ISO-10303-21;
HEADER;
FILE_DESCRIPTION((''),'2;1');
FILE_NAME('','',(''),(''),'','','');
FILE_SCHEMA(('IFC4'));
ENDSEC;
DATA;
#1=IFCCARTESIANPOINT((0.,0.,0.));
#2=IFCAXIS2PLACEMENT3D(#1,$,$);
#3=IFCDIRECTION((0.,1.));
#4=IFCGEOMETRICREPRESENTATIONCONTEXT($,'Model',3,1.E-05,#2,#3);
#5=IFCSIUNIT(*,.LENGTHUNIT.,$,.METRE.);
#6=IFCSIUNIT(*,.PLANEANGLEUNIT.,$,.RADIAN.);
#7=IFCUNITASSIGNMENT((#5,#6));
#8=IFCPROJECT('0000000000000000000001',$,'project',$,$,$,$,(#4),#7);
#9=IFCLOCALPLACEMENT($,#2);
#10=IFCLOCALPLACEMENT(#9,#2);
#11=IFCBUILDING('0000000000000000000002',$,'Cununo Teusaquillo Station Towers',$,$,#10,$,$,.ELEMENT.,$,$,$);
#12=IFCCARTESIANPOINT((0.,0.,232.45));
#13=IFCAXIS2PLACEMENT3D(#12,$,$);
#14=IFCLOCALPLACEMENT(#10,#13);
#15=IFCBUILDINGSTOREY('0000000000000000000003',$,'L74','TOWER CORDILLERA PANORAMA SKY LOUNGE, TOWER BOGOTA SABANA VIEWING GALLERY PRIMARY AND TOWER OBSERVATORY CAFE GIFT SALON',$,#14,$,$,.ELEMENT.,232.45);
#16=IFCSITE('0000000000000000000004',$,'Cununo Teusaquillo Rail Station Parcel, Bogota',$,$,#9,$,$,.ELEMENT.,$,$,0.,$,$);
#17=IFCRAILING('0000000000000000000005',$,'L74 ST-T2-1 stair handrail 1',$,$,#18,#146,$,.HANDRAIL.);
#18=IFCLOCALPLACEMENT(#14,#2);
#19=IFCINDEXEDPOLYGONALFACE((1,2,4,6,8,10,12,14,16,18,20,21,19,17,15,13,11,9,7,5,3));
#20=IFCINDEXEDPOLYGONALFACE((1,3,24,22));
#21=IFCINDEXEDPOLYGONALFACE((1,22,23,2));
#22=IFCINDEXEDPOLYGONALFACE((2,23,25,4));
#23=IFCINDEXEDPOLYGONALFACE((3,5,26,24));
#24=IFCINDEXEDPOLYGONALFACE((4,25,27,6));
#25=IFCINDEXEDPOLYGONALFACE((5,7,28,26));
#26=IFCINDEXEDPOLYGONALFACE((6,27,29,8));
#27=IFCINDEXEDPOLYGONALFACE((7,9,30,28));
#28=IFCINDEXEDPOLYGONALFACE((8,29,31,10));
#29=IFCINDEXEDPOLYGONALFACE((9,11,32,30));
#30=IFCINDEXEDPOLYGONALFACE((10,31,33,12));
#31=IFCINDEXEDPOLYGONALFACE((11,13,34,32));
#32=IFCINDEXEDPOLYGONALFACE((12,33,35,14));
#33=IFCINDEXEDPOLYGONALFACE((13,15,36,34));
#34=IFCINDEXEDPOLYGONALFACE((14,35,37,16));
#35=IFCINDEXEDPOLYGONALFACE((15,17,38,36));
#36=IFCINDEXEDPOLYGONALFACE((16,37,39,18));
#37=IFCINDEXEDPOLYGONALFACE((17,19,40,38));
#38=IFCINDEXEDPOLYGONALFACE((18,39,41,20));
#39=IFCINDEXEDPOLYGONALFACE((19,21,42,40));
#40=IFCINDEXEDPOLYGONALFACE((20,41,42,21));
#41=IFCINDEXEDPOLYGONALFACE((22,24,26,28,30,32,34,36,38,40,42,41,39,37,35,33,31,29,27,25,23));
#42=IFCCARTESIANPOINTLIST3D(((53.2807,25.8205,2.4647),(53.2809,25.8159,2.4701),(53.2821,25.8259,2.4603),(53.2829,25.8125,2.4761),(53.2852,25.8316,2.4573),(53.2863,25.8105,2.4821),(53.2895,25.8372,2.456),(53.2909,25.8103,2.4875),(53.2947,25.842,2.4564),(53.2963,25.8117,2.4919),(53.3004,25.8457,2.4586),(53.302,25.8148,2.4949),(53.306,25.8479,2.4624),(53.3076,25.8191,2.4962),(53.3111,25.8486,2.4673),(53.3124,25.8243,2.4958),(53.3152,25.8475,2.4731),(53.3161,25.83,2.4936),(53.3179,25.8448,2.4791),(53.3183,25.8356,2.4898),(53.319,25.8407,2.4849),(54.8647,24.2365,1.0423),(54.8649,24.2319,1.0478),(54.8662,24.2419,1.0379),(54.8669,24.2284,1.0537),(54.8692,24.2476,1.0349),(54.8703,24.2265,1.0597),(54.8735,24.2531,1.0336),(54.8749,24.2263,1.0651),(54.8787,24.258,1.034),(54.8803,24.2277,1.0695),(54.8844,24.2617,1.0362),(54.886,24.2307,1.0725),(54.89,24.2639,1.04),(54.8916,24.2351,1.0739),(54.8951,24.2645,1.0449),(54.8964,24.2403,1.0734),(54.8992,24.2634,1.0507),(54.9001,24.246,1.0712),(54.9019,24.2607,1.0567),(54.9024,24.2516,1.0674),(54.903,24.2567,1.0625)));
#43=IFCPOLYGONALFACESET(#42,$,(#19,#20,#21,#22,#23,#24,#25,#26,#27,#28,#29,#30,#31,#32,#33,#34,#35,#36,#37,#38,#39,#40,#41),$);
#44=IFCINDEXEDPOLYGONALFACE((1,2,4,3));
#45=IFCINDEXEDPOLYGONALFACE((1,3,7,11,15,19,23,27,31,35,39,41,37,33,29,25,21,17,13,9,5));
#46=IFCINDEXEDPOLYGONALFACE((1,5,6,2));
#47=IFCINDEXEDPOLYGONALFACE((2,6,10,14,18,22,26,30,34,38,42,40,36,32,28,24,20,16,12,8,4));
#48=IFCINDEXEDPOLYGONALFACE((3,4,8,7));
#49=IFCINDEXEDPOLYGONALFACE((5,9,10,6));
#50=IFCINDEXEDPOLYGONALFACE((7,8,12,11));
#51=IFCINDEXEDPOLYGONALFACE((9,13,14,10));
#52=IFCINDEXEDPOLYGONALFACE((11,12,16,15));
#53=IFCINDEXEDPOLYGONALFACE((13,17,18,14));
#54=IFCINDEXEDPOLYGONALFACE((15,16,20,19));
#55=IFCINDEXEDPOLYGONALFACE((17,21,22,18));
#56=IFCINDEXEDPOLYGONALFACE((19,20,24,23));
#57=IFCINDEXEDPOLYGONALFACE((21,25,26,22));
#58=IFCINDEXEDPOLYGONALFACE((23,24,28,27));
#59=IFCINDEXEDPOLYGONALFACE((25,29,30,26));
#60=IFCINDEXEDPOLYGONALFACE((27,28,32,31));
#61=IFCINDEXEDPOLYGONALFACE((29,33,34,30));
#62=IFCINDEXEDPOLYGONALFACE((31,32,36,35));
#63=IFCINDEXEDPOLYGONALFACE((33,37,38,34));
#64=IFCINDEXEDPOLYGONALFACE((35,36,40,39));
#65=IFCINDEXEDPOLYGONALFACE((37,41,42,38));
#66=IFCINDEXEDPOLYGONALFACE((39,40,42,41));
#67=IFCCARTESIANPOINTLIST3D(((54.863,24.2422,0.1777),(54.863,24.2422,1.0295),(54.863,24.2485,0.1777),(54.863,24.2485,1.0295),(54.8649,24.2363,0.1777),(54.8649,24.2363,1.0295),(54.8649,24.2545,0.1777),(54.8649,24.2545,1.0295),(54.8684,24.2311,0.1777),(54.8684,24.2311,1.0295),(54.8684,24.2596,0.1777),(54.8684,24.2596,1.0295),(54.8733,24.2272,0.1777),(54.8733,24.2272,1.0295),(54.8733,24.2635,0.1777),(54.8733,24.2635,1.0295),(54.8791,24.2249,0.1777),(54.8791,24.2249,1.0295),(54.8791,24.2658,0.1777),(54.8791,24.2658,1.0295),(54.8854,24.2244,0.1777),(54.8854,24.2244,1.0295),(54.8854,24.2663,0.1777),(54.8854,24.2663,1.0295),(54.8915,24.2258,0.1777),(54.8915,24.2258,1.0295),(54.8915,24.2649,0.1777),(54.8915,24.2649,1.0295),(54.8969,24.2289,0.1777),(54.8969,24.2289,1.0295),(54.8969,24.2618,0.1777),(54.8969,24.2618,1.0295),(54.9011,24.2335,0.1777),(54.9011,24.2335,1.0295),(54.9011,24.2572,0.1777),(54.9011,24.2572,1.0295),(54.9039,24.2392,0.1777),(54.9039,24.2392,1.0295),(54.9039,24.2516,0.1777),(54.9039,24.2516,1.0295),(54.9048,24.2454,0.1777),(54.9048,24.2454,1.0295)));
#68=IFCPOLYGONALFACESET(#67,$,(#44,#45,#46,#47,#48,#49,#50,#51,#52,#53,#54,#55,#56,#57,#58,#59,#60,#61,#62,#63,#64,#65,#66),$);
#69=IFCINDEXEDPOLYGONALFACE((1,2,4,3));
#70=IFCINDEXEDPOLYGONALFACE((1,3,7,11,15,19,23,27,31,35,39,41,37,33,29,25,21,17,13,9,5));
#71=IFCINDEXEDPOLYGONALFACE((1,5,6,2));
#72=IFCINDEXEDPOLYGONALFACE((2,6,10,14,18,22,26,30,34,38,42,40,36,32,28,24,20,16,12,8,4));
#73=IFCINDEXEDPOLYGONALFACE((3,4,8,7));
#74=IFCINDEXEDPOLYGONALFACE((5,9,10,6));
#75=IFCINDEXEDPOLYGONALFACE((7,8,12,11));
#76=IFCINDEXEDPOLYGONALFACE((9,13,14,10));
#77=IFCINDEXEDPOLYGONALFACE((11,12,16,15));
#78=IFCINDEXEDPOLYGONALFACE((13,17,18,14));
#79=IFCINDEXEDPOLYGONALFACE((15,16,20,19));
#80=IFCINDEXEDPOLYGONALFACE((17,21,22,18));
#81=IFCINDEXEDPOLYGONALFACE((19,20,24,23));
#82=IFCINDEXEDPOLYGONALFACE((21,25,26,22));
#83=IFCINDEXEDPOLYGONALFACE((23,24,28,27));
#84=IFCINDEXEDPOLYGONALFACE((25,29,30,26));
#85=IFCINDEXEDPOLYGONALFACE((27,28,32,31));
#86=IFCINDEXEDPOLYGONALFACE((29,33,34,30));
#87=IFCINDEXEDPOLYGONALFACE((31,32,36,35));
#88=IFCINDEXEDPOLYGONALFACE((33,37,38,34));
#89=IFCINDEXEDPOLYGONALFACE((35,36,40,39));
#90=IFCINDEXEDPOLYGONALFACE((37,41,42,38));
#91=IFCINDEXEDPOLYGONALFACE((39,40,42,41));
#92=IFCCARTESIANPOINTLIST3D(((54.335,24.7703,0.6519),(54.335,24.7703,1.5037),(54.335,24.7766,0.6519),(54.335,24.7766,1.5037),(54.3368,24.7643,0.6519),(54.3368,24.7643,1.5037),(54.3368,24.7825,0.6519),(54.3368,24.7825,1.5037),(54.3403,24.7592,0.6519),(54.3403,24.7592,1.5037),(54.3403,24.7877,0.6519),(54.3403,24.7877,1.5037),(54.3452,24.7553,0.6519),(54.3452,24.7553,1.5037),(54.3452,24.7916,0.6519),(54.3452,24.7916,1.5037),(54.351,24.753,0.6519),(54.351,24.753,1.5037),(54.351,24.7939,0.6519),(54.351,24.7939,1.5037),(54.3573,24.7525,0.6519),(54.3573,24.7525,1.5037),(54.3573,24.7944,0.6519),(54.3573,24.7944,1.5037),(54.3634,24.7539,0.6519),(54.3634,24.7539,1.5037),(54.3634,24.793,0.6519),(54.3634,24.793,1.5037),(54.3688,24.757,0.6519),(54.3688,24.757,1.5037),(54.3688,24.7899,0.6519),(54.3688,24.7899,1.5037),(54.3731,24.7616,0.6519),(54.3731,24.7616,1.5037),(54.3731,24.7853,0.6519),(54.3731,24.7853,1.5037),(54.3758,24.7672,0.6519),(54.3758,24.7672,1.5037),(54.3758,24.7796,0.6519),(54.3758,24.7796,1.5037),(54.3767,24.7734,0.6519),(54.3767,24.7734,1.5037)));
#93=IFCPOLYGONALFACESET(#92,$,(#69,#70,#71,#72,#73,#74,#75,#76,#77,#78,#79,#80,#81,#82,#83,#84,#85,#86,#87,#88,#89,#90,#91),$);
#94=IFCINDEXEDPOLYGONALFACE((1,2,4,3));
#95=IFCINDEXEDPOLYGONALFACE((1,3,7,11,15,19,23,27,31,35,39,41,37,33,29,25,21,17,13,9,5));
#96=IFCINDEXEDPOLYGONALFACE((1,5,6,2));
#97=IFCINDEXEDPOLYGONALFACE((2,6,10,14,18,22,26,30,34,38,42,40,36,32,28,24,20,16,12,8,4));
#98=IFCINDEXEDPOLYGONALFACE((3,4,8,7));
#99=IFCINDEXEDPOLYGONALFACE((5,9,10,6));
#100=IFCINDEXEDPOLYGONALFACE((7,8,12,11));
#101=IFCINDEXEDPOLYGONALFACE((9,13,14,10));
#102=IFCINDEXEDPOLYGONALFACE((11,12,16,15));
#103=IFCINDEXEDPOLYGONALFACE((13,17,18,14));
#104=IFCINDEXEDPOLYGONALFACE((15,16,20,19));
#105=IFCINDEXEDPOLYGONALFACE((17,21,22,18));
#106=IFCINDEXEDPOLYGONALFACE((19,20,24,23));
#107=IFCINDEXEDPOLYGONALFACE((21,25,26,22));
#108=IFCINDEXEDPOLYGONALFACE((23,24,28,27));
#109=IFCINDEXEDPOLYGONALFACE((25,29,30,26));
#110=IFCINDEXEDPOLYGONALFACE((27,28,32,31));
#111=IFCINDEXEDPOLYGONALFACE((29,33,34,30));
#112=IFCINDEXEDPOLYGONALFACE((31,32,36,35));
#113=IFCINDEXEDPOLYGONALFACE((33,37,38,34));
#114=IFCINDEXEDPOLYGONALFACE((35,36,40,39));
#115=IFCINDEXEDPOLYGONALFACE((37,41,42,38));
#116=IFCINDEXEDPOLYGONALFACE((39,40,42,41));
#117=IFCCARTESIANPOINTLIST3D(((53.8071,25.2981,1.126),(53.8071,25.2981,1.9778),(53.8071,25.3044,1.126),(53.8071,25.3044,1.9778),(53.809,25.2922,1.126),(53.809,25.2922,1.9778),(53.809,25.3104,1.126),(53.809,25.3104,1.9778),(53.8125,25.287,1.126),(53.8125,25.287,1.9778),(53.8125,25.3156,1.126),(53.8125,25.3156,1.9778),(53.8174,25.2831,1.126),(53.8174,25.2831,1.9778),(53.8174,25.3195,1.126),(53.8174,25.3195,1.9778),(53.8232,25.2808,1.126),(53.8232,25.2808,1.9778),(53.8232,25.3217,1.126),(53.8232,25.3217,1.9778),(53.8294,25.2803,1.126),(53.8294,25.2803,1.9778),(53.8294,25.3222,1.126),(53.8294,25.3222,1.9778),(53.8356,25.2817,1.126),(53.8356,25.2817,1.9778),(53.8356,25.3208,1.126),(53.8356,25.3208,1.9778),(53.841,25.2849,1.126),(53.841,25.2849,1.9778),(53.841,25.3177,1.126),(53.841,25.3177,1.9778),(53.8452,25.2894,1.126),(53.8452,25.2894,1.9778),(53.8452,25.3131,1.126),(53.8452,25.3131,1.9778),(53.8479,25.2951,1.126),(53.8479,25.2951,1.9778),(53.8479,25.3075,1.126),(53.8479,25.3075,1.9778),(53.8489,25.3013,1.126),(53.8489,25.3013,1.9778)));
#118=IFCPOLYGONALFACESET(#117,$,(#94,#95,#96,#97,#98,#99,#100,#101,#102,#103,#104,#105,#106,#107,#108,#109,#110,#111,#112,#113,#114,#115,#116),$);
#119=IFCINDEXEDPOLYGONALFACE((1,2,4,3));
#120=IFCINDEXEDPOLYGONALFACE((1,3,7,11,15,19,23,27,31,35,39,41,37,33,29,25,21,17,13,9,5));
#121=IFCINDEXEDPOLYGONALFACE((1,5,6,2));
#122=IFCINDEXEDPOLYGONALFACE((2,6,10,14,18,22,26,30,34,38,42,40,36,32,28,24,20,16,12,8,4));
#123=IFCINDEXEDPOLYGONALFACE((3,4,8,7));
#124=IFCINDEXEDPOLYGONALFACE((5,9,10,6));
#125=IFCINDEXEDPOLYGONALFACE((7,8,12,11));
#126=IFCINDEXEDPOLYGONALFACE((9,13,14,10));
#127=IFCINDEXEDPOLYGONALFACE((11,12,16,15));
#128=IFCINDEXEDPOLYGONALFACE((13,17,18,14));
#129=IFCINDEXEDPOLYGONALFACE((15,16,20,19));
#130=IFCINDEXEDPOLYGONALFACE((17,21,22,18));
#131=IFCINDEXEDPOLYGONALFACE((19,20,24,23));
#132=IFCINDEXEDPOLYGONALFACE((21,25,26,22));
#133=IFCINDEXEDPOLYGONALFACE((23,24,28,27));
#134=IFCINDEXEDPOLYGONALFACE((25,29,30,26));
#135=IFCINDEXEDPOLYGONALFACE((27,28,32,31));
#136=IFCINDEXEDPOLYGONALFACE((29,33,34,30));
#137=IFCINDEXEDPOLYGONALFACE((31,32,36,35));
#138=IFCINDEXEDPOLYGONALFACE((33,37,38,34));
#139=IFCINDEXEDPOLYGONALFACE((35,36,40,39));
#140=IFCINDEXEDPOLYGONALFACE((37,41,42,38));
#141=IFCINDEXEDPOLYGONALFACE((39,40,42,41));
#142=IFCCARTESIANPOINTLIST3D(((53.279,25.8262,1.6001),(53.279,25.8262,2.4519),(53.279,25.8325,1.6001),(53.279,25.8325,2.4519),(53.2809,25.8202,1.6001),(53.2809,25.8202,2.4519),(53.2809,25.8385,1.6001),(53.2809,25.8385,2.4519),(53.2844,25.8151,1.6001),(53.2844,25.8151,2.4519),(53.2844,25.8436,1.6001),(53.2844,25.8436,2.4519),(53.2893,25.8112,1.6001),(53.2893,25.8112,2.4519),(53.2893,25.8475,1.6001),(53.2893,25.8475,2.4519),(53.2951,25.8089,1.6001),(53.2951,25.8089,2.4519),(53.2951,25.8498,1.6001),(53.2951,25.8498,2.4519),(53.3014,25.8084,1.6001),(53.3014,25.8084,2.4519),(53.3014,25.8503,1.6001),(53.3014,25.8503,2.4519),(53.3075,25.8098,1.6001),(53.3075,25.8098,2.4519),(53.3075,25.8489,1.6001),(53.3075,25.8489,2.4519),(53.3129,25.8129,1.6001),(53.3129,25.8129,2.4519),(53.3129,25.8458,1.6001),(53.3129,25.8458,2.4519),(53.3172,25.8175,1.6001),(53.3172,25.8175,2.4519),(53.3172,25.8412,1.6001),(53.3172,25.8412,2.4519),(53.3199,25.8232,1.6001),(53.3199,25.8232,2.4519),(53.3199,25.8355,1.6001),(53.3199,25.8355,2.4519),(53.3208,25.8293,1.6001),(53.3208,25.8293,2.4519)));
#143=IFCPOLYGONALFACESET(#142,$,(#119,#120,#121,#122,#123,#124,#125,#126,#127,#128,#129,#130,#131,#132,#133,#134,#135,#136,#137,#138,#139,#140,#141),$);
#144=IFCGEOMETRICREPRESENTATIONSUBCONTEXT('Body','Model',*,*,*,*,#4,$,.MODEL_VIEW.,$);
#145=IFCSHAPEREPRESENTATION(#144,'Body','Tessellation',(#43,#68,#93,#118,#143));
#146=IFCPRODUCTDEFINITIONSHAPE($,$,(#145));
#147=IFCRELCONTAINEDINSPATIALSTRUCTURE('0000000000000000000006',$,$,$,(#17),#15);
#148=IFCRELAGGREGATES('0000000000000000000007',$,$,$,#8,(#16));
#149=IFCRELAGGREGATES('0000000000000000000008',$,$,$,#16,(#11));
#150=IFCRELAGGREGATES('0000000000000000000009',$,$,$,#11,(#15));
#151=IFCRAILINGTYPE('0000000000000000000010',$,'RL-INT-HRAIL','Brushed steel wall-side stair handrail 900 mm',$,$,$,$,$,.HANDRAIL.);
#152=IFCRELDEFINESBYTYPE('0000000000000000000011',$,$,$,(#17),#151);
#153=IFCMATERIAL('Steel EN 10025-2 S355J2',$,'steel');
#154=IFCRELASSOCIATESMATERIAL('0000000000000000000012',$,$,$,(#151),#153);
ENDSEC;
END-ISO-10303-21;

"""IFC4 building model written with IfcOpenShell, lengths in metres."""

from ifc_helpers import new_model, si_unit, direction, frame, origin, origin_2d, place, context, subcontext, project, spatial, circle, extrude, material, type_object, element, save


model = new_model("IFC4")

# Units and contexts
model_context = context("Model", 3, precision=1e-05, world=origin(), true_north=direction((0.0, 1.0)))
body_context = subcontext(model_context, "Body", "Model", "MODEL_VIEW")
ifc_project = project(units=[si_unit("LENGTHUNIT", "METRE"), si_unit("PLANEANGLEUNIT", "RADIAN")], contexts=[model_context])

# Site, building, storey
site_placement = place(None, origin())
site = spatial("IfcSite", under=ifc_project, at=site_placement, Name="Cununo Teusaquillo Rail Station Parcel, Bogota", CompositionType="ELEMENT", RefElevation=0.0)
building_placement = place(site_placement, origin())
building = spatial("IfcBuilding", under=site, at=building_placement, Name="Cununo Teusaquillo Station Towers", CompositionType="ELEMENT")
storey_placement = place(building_placement, frame((0.0, 0.0, 232.45)))
storey = spatial("IfcBuildingStorey", under=building, at=storey_placement, Name="L74", Description="TOWER CORDILLERA PANORAMA SKY LOUNGE, TOWER BOGOTA SABANA VIEWING GALLERY PRIMARY AND TOWER OBSERVATORY CAFE GIFT SALON", CompositionType="ELEMENT", Elevation=232.45)

# Railing
ifc_material_1 = material(Name="Steel EN 10025-2 S355J2", Category="steel")
railing_type_1 = type_object("IfcRailingType", Name="RL-INT-HRAIL", Description="Brushed steel wall-side stair handrail 900 mm", PredefinedType="HANDRAIL", material=ifc_material_1)
railing_1_placement = place(storey_placement, frame((54.8838, 24.2454, 0.1777)))
element("IfcRailing", 1, at=railing_1_placement, inside=storey, type_object=railing_type_1, Name="L74 ST-T2-1 stair handrail 1", PredefinedType="HANDRAIL", context=body_context, shape_type="SweptSolid", body=[
    extrude(circle(Radius=0.0239, at=origin_2d()), frame((0.0, 0.0, 0.876), z_axis=(-0.596939, 0.596939, 0.53603), x_axis=(-0.707107, -0.707107, 0.0)), (0.0, 0.0, 1.0), 2.6536),
    extrude(circle(Radius=0.021, at=origin_2d()), origin(), (0.0, 0.0, 1.0), 0.8518),
    extrude(circle(Radius=0.021, at=origin_2d()), frame((-0.5281, 0.5281, 0.4741)), (0.0, 0.0, 1.0), 0.8518),
    extrude(circle(Radius=0.021, at=origin_2d()), frame((-1.0559, 1.0559, 0.9482)), (0.0, 0.0, 1.0), 0.8518),
    extrude(circle(Radius=0.021, at=origin_2d()), frame((-1.584, 1.584, 1.4224)), (0.0, 0.0, 1.0), 0.8518),
])

save(model, "model.ifc")
